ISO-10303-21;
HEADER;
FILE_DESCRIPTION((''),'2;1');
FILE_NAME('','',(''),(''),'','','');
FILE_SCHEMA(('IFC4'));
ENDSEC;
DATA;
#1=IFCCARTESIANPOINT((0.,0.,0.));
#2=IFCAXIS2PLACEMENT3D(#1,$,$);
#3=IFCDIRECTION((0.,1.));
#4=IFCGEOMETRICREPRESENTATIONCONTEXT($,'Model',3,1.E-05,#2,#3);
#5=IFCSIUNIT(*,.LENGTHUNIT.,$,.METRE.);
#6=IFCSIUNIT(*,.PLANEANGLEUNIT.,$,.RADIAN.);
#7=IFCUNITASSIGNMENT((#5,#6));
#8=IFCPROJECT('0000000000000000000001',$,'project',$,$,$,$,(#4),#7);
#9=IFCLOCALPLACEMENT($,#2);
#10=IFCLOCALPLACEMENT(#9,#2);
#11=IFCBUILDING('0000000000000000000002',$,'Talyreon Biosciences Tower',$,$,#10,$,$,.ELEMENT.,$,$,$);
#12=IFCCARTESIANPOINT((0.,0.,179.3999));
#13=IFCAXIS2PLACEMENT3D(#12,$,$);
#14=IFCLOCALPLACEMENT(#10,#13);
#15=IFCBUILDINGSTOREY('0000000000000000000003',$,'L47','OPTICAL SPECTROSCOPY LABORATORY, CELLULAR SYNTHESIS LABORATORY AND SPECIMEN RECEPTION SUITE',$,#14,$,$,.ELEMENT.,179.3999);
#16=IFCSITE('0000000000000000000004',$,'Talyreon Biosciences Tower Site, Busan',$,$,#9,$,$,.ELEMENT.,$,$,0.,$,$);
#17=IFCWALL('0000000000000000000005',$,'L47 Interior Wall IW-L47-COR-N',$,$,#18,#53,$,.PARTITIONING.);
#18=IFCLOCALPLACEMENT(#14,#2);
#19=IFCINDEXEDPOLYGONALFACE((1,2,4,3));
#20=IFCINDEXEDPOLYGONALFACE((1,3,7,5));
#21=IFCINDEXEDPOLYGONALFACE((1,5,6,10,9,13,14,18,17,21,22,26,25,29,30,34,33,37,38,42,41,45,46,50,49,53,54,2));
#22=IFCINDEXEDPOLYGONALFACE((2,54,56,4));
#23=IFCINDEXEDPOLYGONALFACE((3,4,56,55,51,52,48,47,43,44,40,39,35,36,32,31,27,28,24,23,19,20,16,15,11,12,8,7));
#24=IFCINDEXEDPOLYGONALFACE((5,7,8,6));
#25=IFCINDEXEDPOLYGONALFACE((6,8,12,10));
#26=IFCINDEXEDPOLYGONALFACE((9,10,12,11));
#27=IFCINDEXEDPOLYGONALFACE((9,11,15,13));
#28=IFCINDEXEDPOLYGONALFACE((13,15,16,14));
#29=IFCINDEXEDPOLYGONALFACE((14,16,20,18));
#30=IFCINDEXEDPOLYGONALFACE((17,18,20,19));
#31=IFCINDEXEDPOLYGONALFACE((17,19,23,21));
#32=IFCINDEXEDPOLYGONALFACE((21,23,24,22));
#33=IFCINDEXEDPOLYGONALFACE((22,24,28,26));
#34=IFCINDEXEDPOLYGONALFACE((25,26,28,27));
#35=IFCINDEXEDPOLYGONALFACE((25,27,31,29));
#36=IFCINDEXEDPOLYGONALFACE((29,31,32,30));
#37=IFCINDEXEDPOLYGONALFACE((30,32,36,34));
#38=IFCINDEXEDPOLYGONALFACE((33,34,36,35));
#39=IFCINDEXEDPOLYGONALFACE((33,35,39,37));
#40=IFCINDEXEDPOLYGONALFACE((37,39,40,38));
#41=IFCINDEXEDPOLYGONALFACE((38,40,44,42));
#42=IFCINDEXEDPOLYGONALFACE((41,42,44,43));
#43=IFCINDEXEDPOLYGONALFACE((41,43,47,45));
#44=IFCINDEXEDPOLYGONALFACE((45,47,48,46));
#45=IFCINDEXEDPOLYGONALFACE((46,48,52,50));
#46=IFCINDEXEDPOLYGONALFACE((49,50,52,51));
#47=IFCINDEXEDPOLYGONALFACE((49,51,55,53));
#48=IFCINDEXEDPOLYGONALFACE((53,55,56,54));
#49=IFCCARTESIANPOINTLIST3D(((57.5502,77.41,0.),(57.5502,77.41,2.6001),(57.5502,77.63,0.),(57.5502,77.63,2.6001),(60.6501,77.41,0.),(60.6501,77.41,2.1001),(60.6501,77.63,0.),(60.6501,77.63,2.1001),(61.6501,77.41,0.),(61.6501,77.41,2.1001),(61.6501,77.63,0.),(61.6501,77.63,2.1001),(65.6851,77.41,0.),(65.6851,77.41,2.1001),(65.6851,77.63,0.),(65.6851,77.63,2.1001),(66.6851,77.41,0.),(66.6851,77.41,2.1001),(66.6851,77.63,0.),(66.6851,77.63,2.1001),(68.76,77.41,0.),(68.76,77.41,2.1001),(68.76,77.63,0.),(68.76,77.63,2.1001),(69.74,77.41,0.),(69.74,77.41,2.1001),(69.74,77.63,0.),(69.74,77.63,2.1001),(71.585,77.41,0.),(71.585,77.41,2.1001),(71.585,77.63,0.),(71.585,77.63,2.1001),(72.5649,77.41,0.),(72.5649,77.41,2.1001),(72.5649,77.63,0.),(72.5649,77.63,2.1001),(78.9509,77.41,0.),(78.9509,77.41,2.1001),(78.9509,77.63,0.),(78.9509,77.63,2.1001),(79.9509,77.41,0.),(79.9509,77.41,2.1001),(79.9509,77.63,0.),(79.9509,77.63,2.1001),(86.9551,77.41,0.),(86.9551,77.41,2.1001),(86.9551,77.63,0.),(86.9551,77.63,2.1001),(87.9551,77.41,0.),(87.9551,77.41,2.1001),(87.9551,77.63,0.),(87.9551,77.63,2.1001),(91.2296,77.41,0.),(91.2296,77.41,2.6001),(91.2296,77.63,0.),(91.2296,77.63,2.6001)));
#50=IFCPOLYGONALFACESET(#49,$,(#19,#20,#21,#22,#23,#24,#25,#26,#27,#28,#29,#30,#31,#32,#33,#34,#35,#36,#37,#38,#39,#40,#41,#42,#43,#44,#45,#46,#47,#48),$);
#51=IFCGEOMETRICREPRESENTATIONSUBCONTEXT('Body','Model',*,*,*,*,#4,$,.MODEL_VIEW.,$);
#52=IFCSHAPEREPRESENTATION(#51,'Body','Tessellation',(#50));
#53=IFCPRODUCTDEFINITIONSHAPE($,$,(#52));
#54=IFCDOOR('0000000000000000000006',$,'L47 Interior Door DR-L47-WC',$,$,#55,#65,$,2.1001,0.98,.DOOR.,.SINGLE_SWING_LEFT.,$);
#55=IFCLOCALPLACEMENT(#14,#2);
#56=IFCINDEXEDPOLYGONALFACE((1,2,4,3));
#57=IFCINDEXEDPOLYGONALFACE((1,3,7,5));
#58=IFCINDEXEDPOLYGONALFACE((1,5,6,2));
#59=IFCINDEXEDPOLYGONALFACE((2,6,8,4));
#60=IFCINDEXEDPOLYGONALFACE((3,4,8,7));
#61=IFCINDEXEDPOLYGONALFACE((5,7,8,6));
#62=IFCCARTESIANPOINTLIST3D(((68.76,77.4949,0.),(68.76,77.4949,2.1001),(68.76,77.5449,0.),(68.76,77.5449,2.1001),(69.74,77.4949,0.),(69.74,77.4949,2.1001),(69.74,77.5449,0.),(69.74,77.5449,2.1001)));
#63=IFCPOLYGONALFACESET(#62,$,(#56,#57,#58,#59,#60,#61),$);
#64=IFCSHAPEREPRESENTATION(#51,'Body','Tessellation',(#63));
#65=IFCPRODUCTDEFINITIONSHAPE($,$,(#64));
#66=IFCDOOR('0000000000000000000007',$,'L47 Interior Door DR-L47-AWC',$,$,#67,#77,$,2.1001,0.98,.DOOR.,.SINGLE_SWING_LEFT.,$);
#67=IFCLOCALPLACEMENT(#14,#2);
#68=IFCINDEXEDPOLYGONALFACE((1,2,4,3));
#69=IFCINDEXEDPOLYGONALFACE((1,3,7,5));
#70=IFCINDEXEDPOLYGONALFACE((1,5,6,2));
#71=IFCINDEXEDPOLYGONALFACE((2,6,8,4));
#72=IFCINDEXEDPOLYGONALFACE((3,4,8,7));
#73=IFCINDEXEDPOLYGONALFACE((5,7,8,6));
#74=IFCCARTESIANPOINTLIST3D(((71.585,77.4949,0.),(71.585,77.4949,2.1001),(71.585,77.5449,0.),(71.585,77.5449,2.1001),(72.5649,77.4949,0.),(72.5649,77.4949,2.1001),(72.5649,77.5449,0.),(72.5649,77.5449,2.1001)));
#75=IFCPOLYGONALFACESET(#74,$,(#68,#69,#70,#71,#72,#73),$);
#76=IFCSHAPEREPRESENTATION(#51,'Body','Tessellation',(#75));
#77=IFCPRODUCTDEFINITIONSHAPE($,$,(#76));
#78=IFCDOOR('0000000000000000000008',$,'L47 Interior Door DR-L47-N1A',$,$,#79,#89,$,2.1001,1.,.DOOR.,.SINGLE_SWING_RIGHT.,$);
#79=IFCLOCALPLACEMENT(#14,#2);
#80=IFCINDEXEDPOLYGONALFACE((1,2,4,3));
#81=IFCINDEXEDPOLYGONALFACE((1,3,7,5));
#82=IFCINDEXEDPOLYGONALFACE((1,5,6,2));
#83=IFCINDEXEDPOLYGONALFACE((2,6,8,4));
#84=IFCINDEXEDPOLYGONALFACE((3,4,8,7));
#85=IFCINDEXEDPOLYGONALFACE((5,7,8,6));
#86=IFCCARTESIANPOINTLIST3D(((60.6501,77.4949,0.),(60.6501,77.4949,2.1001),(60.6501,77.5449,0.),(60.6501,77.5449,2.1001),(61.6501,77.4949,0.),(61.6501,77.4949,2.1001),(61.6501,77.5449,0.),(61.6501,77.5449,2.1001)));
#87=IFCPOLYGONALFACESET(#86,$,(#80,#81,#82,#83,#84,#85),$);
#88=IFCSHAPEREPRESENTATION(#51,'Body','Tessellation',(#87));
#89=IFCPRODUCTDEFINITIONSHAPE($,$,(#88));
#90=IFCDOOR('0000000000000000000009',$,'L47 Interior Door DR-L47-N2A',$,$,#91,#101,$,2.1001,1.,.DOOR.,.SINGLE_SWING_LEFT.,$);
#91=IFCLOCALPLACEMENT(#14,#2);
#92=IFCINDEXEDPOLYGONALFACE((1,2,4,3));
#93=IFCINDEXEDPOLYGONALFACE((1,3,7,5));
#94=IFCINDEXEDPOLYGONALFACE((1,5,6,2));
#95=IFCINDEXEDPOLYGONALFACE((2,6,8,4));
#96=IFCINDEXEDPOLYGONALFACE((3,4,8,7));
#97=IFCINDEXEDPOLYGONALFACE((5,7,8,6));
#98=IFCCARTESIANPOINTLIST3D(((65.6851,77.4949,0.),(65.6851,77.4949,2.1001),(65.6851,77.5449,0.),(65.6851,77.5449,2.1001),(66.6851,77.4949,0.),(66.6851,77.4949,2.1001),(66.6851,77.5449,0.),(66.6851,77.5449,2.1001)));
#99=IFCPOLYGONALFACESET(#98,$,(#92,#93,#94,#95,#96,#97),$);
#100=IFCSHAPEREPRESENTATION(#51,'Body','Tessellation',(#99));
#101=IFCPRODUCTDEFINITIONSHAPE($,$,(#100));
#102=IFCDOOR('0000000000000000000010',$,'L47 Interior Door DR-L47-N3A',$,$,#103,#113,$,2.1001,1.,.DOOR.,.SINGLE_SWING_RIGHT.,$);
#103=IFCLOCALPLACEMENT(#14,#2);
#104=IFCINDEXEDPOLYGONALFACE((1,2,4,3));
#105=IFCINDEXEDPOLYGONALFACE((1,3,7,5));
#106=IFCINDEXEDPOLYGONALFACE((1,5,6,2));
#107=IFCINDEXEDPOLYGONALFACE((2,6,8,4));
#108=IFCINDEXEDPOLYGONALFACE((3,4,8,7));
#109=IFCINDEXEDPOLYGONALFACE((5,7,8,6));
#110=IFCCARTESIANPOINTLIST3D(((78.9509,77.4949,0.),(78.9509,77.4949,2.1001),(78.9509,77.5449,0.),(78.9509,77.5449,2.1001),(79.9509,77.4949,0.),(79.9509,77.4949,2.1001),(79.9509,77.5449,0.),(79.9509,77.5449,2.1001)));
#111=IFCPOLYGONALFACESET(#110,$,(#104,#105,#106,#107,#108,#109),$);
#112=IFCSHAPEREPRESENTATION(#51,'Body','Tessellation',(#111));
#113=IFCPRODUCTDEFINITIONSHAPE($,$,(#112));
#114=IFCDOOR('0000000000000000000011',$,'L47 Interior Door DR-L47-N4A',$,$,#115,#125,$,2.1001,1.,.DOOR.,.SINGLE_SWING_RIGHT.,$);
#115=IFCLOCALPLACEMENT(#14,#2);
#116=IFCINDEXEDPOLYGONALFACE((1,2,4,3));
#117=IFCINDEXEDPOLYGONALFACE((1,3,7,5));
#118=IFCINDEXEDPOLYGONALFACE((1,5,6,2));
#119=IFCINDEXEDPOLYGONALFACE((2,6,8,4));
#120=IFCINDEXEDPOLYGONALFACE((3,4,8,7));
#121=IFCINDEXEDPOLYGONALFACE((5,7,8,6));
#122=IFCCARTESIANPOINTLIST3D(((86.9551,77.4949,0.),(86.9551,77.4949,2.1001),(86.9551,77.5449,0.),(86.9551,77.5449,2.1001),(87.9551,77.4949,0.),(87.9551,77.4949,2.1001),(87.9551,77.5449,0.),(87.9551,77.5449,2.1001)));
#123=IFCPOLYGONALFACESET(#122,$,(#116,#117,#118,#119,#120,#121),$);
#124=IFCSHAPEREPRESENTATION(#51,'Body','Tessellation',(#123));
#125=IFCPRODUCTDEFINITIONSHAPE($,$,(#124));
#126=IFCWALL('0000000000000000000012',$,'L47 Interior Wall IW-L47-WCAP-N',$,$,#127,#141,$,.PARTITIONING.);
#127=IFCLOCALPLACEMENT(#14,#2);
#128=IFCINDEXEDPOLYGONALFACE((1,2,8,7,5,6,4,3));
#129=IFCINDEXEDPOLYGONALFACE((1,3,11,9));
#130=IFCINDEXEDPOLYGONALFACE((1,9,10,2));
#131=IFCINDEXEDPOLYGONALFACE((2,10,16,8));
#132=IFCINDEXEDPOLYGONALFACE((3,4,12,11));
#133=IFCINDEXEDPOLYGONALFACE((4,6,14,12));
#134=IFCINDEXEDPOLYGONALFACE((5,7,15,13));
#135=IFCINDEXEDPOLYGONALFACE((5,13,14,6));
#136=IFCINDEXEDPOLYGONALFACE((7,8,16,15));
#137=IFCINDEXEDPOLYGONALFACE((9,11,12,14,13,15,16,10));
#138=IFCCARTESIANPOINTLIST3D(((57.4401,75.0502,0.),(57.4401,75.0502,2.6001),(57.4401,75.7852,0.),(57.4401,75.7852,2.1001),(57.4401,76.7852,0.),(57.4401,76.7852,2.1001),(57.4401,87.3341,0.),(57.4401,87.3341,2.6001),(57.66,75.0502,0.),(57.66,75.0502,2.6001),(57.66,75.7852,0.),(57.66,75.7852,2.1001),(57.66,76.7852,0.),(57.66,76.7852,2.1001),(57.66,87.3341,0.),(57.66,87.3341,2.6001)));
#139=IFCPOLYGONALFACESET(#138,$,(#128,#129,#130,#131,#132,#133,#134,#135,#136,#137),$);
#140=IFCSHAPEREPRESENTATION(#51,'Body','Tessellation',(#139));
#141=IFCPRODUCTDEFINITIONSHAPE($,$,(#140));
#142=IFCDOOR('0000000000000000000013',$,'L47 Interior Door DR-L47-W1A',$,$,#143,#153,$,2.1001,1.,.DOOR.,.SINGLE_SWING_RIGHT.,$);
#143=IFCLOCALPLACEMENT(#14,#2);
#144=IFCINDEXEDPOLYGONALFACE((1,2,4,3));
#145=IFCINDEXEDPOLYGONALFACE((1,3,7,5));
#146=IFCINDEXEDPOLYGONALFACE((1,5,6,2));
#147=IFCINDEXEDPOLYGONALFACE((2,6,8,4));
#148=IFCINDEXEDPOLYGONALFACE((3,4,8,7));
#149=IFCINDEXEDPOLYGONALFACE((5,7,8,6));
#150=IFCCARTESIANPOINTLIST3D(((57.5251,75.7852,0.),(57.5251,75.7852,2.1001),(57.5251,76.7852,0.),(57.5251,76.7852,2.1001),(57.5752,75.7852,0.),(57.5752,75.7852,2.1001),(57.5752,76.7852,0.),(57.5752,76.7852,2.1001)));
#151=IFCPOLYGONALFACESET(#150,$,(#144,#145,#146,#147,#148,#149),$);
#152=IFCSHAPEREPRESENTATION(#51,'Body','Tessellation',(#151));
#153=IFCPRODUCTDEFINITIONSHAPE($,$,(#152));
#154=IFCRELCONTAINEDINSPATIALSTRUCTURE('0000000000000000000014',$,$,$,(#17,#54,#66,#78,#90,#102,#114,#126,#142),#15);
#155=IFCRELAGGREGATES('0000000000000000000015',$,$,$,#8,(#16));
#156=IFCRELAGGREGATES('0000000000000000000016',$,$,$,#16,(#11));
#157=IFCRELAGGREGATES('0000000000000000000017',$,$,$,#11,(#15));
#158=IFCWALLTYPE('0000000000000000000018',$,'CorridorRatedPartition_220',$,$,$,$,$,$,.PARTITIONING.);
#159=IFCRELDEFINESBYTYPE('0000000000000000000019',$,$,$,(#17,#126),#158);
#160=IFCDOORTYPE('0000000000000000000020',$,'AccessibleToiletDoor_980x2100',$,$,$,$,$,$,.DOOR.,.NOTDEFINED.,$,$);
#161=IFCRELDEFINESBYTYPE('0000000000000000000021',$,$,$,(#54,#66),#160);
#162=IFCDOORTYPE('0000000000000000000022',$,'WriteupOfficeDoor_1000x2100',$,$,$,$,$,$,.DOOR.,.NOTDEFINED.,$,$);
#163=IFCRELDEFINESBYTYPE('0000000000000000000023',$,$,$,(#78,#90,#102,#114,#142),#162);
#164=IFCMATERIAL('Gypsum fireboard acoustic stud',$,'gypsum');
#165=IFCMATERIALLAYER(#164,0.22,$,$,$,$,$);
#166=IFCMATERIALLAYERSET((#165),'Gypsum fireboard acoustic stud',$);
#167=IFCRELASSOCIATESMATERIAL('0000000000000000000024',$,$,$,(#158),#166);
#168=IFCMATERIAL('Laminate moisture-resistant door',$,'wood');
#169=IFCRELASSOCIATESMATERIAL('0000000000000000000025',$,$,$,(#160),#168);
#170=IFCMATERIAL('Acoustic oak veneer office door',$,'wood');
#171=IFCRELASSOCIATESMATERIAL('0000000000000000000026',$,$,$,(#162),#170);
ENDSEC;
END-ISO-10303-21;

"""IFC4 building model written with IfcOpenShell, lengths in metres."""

from ifc_helpers import new_model, si_unit, direction, frame, frame_2d, origin, place, context, subcontext, project, spatial, rectangle, extrude, material, layer, layer_set, type_object, element, fill, save


model = new_model("IFC4")

# Units and contexts
model_context = context("Model", 3, precision=1e-05, world=origin(), true_north=direction((0.0, 1.0)))
body_context = subcontext(model_context, "Body", "Model", "MODEL_VIEW")
ifc_project = project(units=[si_unit("LENGTHUNIT", "METRE"), si_unit("PLANEANGLEUNIT", "RADIAN")], contexts=[model_context])

# Site, building, storey
site_placement = place(None, origin())
site = spatial("IfcSite", under=ifc_project, at=site_placement, Name="Talyreon Biosciences Tower Site, Busan", CompositionType="ELEMENT", RefElevation=0.0)
building_placement = place(site_placement, origin())
building = spatial("IfcBuilding", under=site, at=building_placement, Name="Talyreon Biosciences Tower", CompositionType="ELEMENT")
storey_placement = place(building_placement, frame((0.0, 0.0, 179.3999)))
storey = spatial("IfcBuildingStorey", under=building, at=storey_placement, Name="L47", Description="OPTICAL SPECTROSCOPY LABORATORY, CELLULAR SYNTHESIS LABORATORY AND SPECIMEN RECEPTION SUITE", CompositionType="ELEMENT", Elevation=179.3999)

# Wall, openings, doors
ifc_material_1 = material(Name="Gypsum fireboard acoustic stud", Category="gypsum")
ifc_layer_1 = layer(ifc_material_1, 0.22)
ifc_layer_set_1 = layer_set([ifc_layer_1], Name="Gypsum fireboard acoustic stud")
wall_type_1 = type_object("IfcWallType", Name="CorridorRatedPartition_220", PredefinedType="PARTITIONING", material=ifc_layer_set_1)
wall_1_placement = place(storey_placement, frame((57.55, 77.52, 0.0), z_axis=(0.0, 0.0, 1.0), x_axis=(1.0, 0.0, 0.0)))
wall_1 = element("IfcWall", 1, at=wall_1_placement, inside=storey, type_object=wall_type_1, Name="L47 Interior Wall IW-L47-COR-N", PredefinedType="PARTITIONING", context=body_context, shape_type="SweptSolid", body=[
    extrude(rectangle(XDim=33.6794, YDim=0.22, at=frame_2d((16.8398, 0.0))), origin(), (0.0, 0.0, 1.0), 2.6001),
])
opening_1_placement = place(wall_1_placement, frame((11.21, 0.0, 0.0)))
opening_1 = element("IfcOpeningElement", 2, at=opening_1_placement, cuts=wall_1, PredefinedType="OPENING", context=body_context, shape_type="SweptSolid", body=[
    extrude(rectangle(XDim=0.98, YDim=2.1001, at=frame_2d((0.49, 1.05))), frame((0.0, 0.1199, 0.0), z_axis=(0.0, -1.0, 0.0), x_axis=(1.0, 0.0, 0.0)), (0.0, 0.0, 1.0), 0.24),
])
opening_2_placement = place(wall_1_placement, frame((14.0349, 0.0, 0.0)))
opening_2 = element("IfcOpeningElement", 3, at=opening_2_placement, cuts=wall_1, PredefinedType="OPENING", context=body_context, shape_type="SweptSolid", body=[
    extrude(rectangle(XDim=0.98, YDim=2.1001, at=frame_2d((0.49, 1.05))), frame((0.0, 0.1199, 0.0), z_axis=(0.0, -1.0, 0.0), x_axis=(1.0, 0.0, 0.0)), (0.0, 0.0, 1.0), 0.24),
])
opening_3_placement = place(wall_1_placement, frame((3.1001, 0.0, 0.0)))
opening_3 = element("IfcOpeningElement", 4, at=opening_3_placement, cuts=wall_1, PredefinedType="OPENING", context=body_context, shape_type="SweptSolid", body=[
    extrude(rectangle(XDim=1.0, YDim=2.1001, at=frame_2d((0.5, 1.05))), frame((0.0, 0.1199, 0.0), z_axis=(0.0, -1.0, 0.0), x_axis=(1.0, 0.0, 0.0)), (0.0, 0.0, 1.0), 0.24),
])
opening_4_placement = place(wall_1_placement, frame((8.135, 0.0, 0.0)))
opening_4 = element("IfcOpeningElement", 5, at=opening_4_placement, cuts=wall_1, PredefinedType="OPENING", context=body_context, shape_type="SweptSolid", body=[
    extrude(rectangle(XDim=1.0, YDim=2.1001, at=frame_2d((0.5, 1.05))), frame((0.0, 0.1199, 0.0), z_axis=(0.0, -1.0, 0.0), x_axis=(1.0, 0.0, 0.0)), (0.0, 0.0, 1.0), 0.24),
])
opening_5_placement = place(wall_1_placement, frame((21.4009, 0.0, 0.0)))
opening_5 = element("IfcOpeningElement", 6, at=opening_5_placement, cuts=wall_1, PredefinedType="OPENING", context=body_context, shape_type="SweptSolid", body=[
    extrude(rectangle(XDim=1.0, YDim=2.1001, at=frame_2d((0.5, 1.05))), frame((0.0, 0.1199, 0.0), z_axis=(0.0, -1.0, 0.0), x_axis=(1.0, 0.0, 0.0)), (0.0, 0.0, 1.0), 0.24),
])
opening_6_placement = place(wall_1_placement, frame((29.405, 0.0, 0.0)))
opening_6 = element("IfcOpeningElement", 7, at=opening_6_placement, cuts=wall_1, PredefinedType="OPENING", context=body_context, shape_type="SweptSolid", body=[
    extrude(rectangle(XDim=1.0, YDim=2.1001, at=frame_2d((0.5, 1.05))), frame((0.0, 0.1199, 0.0), z_axis=(0.0, -1.0, 0.0), x_axis=(1.0, 0.0, 0.0)), (0.0, 0.0, 1.0), 0.24),
])
ifc_material_2 = material(Name="Laminate moisture-resistant door", Category="wood")
door_type_1 = type_object("IfcDoorType", Name="AccessibleToiletDoor_980x2100", OperationType="NOTDEFINED", PredefinedType="DOOR", material=ifc_material_2)
door_1_placement = place(opening_1_placement, origin())
door_1 = element("IfcDoor", 8, at=door_1_placement, inside=storey, type_object=door_type_1, Name="L47 Interior Door DR-L47-WC", OperationType="SINGLE_SWING_LEFT", OverallHeight=2.1001, OverallWidth=0.98, PredefinedType="DOOR", context=body_context, shape_type="SweptSolid", body=[
    extrude(rectangle(XDim=0.98, YDim=2.1001, at=frame_2d((0.49, 1.05))), frame((0.0, 0.0249, 0.0), z_axis=(0.0, -1.0, 0.0), x_axis=(1.0, 0.0, 0.0)), (0.0, 0.0, 1.0), 0.05),
])
fill(opening_1, door_1)
door_2_placement = place(opening_2_placement, origin())
door_2 = element("IfcDoor", 9, at=door_2_placement, inside=storey, type_object=door_type_1, Name="L47 Interior Door DR-L47-AWC", OperationType="SINGLE_SWING_LEFT", OverallHeight=2.1001, OverallWidth=0.98, PredefinedType="DOOR", context=body_context, shape_type="SweptSolid", body=[
    extrude(rectangle(XDim=0.98, YDim=2.1001, at=frame_2d((0.49, 1.05))), frame((0.0, 0.0249, 0.0), z_axis=(0.0, -1.0, 0.0), x_axis=(1.0, 0.0, 0.0)), (0.0, 0.0, 1.0), 0.05),
])
fill(opening_2, door_2)
ifc_material_3 = material(Name="Acoustic oak veneer office door", Category="wood")
door_type_2 = type_object("IfcDoorType", Name="WriteupOfficeDoor_1000x2100", OperationType="NOTDEFINED", PredefinedType="DOOR", material=ifc_material_3)
door_3_placement = place(opening_3_placement, origin())
door_3 = element("IfcDoor", 10, at=door_3_placement, inside=storey, type_object=door_type_2, Name="L47 Interior Door DR-L47-N1A", OperationType="SINGLE_SWING_RIGHT", OverallHeight=2.1001, OverallWidth=1.0, PredefinedType="DOOR", context=body_context, shape_type="SweptSolid", body=[
    extrude(rectangle(XDim=1.0, YDim=2.1001, at=frame_2d((0.5, 1.05))), frame((0.0, 0.0249, 0.0), z_axis=(0.0, -1.0, 0.0), x_axis=(1.0, 0.0, 0.0)), (0.0, 0.0, 1.0), 0.05),
])
fill(opening_3, door_3)
door_4_placement = place(opening_4_placement, origin())
door_4 = element("IfcDoor", 11, at=door_4_placement, inside=storey, type_object=door_type_2, Name="L47 Interior Door DR-L47-N2A", OperationType="SINGLE_SWING_LEFT", OverallHeight=2.1001, OverallWidth=1.0, PredefinedType="DOOR", context=body_context, shape_type="SweptSolid", body=[
    extrude(rectangle(XDim=1.0, YDim=2.1001, at=frame_2d((0.5, 1.05))), frame((0.0, 0.0249, 0.0), z_axis=(0.0, -1.0, 0.0), x_axis=(1.0, 0.0, 0.0)), (0.0, 0.0, 1.0), 0.05),
])
fill(opening_4, door_4)
door_5_placement = place(opening_5_placement, origin())
door_5 = element("IfcDoor", 12, at=door_5_placement, inside=storey, type_object=door_type_2, Name="L47 Interior Door DR-L47-N3A", OperationType="SINGLE_SWING_RIGHT", OverallHeight=2.1001, OverallWidth=1.0, PredefinedType="DOOR", context=body_context, shape_type="SweptSolid", body=[
    extrude(rectangle(XDim=1.0, YDim=2.1001, at=frame_2d((0.5, 1.05))), frame((0.0, 0.0249, 0.0), z_axis=(0.0, -1.0, 0.0), x_axis=(1.0, 0.0, 0.0)), (0.0, 0.0, 1.0), 0.05),
])
fill(opening_5, door_5)
door_6_placement = place(opening_6_placement, origin())
door_6 = element("IfcDoor", 13, at=door_6_placement, inside=storey, type_object=door_type_2, Name="L47 Interior Door DR-L47-N4A", OperationType="SINGLE_SWING_RIGHT", OverallHeight=2.1001, OverallWidth=1.0, PredefinedType="DOOR", context=body_context, shape_type="SweptSolid", body=[
    extrude(rectangle(XDim=1.0, YDim=2.1001, at=frame_2d((0.5, 1.05))), frame((0.0, 0.0249, 0.0), z_axis=(0.0, -1.0, 0.0), x_axis=(1.0, 0.0, 0.0)), (0.0, 0.0, 1.0), 0.05),
])
fill(opening_6, door_6)

# Wall, opening, door
wall_2_placement = place(storey_placement, frame((57.55, 75.05, 0.0), z_axis=(0.0, 0.0, 1.0), x_axis=(0.0, 1.0, 0.0)))
wall_2 = element("IfcWall", 14, at=wall_2_placement, inside=storey, type_object=wall_type_1, Name="L47 Interior Wall IW-L47-WCAP-N", PredefinedType="PARTITIONING", context=body_context, shape_type="SweptSolid", body=[
    extrude(rectangle(XDim=12.2839, YDim=0.22, at=frame_2d((6.1421, 0.0))), origin(), (0.0, 0.0, 1.0), 2.6001),
])
opening_7_placement = place(wall_2_placement, frame((0.7351, 0.0, 0.0)))
opening_7 = element("IfcOpeningElement", 15, at=opening_7_placement, cuts=wall_2, PredefinedType="OPENING", context=body_context, shape_type="SweptSolid", body=[
    extrude(rectangle(XDim=1.0, YDim=2.1001, at=frame_2d((0.5, 1.05))), frame((0.0, 0.1199, 0.0), z_axis=(0.0, -1.0, 0.0), x_axis=(1.0, 0.0, 0.0)), (0.0, 0.0, 1.0), 0.24),
])
door_7_placement = place(opening_7_placement, origin())
door_7 = element("IfcDoor", 16, at=door_7_placement, inside=storey, type_object=door_type_2, Name="L47 Interior Door DR-L47-W1A", OperationType="SINGLE_SWING_RIGHT", OverallHeight=2.1001, OverallWidth=1.0, PredefinedType="DOOR", context=body_context, shape_type="SweptSolid", body=[
    extrude(rectangle(XDim=1.0, YDim=2.1001, at=frame_2d((0.5, 1.05))), frame((0.0, 0.0249, 0.0), z_axis=(0.0, -1.0, 0.0), x_axis=(1.0, 0.0, 0.0)), (0.0, 0.0, 1.0), 0.05),
])
fill(opening_7, door_7)

save(model, "model.ifc")
